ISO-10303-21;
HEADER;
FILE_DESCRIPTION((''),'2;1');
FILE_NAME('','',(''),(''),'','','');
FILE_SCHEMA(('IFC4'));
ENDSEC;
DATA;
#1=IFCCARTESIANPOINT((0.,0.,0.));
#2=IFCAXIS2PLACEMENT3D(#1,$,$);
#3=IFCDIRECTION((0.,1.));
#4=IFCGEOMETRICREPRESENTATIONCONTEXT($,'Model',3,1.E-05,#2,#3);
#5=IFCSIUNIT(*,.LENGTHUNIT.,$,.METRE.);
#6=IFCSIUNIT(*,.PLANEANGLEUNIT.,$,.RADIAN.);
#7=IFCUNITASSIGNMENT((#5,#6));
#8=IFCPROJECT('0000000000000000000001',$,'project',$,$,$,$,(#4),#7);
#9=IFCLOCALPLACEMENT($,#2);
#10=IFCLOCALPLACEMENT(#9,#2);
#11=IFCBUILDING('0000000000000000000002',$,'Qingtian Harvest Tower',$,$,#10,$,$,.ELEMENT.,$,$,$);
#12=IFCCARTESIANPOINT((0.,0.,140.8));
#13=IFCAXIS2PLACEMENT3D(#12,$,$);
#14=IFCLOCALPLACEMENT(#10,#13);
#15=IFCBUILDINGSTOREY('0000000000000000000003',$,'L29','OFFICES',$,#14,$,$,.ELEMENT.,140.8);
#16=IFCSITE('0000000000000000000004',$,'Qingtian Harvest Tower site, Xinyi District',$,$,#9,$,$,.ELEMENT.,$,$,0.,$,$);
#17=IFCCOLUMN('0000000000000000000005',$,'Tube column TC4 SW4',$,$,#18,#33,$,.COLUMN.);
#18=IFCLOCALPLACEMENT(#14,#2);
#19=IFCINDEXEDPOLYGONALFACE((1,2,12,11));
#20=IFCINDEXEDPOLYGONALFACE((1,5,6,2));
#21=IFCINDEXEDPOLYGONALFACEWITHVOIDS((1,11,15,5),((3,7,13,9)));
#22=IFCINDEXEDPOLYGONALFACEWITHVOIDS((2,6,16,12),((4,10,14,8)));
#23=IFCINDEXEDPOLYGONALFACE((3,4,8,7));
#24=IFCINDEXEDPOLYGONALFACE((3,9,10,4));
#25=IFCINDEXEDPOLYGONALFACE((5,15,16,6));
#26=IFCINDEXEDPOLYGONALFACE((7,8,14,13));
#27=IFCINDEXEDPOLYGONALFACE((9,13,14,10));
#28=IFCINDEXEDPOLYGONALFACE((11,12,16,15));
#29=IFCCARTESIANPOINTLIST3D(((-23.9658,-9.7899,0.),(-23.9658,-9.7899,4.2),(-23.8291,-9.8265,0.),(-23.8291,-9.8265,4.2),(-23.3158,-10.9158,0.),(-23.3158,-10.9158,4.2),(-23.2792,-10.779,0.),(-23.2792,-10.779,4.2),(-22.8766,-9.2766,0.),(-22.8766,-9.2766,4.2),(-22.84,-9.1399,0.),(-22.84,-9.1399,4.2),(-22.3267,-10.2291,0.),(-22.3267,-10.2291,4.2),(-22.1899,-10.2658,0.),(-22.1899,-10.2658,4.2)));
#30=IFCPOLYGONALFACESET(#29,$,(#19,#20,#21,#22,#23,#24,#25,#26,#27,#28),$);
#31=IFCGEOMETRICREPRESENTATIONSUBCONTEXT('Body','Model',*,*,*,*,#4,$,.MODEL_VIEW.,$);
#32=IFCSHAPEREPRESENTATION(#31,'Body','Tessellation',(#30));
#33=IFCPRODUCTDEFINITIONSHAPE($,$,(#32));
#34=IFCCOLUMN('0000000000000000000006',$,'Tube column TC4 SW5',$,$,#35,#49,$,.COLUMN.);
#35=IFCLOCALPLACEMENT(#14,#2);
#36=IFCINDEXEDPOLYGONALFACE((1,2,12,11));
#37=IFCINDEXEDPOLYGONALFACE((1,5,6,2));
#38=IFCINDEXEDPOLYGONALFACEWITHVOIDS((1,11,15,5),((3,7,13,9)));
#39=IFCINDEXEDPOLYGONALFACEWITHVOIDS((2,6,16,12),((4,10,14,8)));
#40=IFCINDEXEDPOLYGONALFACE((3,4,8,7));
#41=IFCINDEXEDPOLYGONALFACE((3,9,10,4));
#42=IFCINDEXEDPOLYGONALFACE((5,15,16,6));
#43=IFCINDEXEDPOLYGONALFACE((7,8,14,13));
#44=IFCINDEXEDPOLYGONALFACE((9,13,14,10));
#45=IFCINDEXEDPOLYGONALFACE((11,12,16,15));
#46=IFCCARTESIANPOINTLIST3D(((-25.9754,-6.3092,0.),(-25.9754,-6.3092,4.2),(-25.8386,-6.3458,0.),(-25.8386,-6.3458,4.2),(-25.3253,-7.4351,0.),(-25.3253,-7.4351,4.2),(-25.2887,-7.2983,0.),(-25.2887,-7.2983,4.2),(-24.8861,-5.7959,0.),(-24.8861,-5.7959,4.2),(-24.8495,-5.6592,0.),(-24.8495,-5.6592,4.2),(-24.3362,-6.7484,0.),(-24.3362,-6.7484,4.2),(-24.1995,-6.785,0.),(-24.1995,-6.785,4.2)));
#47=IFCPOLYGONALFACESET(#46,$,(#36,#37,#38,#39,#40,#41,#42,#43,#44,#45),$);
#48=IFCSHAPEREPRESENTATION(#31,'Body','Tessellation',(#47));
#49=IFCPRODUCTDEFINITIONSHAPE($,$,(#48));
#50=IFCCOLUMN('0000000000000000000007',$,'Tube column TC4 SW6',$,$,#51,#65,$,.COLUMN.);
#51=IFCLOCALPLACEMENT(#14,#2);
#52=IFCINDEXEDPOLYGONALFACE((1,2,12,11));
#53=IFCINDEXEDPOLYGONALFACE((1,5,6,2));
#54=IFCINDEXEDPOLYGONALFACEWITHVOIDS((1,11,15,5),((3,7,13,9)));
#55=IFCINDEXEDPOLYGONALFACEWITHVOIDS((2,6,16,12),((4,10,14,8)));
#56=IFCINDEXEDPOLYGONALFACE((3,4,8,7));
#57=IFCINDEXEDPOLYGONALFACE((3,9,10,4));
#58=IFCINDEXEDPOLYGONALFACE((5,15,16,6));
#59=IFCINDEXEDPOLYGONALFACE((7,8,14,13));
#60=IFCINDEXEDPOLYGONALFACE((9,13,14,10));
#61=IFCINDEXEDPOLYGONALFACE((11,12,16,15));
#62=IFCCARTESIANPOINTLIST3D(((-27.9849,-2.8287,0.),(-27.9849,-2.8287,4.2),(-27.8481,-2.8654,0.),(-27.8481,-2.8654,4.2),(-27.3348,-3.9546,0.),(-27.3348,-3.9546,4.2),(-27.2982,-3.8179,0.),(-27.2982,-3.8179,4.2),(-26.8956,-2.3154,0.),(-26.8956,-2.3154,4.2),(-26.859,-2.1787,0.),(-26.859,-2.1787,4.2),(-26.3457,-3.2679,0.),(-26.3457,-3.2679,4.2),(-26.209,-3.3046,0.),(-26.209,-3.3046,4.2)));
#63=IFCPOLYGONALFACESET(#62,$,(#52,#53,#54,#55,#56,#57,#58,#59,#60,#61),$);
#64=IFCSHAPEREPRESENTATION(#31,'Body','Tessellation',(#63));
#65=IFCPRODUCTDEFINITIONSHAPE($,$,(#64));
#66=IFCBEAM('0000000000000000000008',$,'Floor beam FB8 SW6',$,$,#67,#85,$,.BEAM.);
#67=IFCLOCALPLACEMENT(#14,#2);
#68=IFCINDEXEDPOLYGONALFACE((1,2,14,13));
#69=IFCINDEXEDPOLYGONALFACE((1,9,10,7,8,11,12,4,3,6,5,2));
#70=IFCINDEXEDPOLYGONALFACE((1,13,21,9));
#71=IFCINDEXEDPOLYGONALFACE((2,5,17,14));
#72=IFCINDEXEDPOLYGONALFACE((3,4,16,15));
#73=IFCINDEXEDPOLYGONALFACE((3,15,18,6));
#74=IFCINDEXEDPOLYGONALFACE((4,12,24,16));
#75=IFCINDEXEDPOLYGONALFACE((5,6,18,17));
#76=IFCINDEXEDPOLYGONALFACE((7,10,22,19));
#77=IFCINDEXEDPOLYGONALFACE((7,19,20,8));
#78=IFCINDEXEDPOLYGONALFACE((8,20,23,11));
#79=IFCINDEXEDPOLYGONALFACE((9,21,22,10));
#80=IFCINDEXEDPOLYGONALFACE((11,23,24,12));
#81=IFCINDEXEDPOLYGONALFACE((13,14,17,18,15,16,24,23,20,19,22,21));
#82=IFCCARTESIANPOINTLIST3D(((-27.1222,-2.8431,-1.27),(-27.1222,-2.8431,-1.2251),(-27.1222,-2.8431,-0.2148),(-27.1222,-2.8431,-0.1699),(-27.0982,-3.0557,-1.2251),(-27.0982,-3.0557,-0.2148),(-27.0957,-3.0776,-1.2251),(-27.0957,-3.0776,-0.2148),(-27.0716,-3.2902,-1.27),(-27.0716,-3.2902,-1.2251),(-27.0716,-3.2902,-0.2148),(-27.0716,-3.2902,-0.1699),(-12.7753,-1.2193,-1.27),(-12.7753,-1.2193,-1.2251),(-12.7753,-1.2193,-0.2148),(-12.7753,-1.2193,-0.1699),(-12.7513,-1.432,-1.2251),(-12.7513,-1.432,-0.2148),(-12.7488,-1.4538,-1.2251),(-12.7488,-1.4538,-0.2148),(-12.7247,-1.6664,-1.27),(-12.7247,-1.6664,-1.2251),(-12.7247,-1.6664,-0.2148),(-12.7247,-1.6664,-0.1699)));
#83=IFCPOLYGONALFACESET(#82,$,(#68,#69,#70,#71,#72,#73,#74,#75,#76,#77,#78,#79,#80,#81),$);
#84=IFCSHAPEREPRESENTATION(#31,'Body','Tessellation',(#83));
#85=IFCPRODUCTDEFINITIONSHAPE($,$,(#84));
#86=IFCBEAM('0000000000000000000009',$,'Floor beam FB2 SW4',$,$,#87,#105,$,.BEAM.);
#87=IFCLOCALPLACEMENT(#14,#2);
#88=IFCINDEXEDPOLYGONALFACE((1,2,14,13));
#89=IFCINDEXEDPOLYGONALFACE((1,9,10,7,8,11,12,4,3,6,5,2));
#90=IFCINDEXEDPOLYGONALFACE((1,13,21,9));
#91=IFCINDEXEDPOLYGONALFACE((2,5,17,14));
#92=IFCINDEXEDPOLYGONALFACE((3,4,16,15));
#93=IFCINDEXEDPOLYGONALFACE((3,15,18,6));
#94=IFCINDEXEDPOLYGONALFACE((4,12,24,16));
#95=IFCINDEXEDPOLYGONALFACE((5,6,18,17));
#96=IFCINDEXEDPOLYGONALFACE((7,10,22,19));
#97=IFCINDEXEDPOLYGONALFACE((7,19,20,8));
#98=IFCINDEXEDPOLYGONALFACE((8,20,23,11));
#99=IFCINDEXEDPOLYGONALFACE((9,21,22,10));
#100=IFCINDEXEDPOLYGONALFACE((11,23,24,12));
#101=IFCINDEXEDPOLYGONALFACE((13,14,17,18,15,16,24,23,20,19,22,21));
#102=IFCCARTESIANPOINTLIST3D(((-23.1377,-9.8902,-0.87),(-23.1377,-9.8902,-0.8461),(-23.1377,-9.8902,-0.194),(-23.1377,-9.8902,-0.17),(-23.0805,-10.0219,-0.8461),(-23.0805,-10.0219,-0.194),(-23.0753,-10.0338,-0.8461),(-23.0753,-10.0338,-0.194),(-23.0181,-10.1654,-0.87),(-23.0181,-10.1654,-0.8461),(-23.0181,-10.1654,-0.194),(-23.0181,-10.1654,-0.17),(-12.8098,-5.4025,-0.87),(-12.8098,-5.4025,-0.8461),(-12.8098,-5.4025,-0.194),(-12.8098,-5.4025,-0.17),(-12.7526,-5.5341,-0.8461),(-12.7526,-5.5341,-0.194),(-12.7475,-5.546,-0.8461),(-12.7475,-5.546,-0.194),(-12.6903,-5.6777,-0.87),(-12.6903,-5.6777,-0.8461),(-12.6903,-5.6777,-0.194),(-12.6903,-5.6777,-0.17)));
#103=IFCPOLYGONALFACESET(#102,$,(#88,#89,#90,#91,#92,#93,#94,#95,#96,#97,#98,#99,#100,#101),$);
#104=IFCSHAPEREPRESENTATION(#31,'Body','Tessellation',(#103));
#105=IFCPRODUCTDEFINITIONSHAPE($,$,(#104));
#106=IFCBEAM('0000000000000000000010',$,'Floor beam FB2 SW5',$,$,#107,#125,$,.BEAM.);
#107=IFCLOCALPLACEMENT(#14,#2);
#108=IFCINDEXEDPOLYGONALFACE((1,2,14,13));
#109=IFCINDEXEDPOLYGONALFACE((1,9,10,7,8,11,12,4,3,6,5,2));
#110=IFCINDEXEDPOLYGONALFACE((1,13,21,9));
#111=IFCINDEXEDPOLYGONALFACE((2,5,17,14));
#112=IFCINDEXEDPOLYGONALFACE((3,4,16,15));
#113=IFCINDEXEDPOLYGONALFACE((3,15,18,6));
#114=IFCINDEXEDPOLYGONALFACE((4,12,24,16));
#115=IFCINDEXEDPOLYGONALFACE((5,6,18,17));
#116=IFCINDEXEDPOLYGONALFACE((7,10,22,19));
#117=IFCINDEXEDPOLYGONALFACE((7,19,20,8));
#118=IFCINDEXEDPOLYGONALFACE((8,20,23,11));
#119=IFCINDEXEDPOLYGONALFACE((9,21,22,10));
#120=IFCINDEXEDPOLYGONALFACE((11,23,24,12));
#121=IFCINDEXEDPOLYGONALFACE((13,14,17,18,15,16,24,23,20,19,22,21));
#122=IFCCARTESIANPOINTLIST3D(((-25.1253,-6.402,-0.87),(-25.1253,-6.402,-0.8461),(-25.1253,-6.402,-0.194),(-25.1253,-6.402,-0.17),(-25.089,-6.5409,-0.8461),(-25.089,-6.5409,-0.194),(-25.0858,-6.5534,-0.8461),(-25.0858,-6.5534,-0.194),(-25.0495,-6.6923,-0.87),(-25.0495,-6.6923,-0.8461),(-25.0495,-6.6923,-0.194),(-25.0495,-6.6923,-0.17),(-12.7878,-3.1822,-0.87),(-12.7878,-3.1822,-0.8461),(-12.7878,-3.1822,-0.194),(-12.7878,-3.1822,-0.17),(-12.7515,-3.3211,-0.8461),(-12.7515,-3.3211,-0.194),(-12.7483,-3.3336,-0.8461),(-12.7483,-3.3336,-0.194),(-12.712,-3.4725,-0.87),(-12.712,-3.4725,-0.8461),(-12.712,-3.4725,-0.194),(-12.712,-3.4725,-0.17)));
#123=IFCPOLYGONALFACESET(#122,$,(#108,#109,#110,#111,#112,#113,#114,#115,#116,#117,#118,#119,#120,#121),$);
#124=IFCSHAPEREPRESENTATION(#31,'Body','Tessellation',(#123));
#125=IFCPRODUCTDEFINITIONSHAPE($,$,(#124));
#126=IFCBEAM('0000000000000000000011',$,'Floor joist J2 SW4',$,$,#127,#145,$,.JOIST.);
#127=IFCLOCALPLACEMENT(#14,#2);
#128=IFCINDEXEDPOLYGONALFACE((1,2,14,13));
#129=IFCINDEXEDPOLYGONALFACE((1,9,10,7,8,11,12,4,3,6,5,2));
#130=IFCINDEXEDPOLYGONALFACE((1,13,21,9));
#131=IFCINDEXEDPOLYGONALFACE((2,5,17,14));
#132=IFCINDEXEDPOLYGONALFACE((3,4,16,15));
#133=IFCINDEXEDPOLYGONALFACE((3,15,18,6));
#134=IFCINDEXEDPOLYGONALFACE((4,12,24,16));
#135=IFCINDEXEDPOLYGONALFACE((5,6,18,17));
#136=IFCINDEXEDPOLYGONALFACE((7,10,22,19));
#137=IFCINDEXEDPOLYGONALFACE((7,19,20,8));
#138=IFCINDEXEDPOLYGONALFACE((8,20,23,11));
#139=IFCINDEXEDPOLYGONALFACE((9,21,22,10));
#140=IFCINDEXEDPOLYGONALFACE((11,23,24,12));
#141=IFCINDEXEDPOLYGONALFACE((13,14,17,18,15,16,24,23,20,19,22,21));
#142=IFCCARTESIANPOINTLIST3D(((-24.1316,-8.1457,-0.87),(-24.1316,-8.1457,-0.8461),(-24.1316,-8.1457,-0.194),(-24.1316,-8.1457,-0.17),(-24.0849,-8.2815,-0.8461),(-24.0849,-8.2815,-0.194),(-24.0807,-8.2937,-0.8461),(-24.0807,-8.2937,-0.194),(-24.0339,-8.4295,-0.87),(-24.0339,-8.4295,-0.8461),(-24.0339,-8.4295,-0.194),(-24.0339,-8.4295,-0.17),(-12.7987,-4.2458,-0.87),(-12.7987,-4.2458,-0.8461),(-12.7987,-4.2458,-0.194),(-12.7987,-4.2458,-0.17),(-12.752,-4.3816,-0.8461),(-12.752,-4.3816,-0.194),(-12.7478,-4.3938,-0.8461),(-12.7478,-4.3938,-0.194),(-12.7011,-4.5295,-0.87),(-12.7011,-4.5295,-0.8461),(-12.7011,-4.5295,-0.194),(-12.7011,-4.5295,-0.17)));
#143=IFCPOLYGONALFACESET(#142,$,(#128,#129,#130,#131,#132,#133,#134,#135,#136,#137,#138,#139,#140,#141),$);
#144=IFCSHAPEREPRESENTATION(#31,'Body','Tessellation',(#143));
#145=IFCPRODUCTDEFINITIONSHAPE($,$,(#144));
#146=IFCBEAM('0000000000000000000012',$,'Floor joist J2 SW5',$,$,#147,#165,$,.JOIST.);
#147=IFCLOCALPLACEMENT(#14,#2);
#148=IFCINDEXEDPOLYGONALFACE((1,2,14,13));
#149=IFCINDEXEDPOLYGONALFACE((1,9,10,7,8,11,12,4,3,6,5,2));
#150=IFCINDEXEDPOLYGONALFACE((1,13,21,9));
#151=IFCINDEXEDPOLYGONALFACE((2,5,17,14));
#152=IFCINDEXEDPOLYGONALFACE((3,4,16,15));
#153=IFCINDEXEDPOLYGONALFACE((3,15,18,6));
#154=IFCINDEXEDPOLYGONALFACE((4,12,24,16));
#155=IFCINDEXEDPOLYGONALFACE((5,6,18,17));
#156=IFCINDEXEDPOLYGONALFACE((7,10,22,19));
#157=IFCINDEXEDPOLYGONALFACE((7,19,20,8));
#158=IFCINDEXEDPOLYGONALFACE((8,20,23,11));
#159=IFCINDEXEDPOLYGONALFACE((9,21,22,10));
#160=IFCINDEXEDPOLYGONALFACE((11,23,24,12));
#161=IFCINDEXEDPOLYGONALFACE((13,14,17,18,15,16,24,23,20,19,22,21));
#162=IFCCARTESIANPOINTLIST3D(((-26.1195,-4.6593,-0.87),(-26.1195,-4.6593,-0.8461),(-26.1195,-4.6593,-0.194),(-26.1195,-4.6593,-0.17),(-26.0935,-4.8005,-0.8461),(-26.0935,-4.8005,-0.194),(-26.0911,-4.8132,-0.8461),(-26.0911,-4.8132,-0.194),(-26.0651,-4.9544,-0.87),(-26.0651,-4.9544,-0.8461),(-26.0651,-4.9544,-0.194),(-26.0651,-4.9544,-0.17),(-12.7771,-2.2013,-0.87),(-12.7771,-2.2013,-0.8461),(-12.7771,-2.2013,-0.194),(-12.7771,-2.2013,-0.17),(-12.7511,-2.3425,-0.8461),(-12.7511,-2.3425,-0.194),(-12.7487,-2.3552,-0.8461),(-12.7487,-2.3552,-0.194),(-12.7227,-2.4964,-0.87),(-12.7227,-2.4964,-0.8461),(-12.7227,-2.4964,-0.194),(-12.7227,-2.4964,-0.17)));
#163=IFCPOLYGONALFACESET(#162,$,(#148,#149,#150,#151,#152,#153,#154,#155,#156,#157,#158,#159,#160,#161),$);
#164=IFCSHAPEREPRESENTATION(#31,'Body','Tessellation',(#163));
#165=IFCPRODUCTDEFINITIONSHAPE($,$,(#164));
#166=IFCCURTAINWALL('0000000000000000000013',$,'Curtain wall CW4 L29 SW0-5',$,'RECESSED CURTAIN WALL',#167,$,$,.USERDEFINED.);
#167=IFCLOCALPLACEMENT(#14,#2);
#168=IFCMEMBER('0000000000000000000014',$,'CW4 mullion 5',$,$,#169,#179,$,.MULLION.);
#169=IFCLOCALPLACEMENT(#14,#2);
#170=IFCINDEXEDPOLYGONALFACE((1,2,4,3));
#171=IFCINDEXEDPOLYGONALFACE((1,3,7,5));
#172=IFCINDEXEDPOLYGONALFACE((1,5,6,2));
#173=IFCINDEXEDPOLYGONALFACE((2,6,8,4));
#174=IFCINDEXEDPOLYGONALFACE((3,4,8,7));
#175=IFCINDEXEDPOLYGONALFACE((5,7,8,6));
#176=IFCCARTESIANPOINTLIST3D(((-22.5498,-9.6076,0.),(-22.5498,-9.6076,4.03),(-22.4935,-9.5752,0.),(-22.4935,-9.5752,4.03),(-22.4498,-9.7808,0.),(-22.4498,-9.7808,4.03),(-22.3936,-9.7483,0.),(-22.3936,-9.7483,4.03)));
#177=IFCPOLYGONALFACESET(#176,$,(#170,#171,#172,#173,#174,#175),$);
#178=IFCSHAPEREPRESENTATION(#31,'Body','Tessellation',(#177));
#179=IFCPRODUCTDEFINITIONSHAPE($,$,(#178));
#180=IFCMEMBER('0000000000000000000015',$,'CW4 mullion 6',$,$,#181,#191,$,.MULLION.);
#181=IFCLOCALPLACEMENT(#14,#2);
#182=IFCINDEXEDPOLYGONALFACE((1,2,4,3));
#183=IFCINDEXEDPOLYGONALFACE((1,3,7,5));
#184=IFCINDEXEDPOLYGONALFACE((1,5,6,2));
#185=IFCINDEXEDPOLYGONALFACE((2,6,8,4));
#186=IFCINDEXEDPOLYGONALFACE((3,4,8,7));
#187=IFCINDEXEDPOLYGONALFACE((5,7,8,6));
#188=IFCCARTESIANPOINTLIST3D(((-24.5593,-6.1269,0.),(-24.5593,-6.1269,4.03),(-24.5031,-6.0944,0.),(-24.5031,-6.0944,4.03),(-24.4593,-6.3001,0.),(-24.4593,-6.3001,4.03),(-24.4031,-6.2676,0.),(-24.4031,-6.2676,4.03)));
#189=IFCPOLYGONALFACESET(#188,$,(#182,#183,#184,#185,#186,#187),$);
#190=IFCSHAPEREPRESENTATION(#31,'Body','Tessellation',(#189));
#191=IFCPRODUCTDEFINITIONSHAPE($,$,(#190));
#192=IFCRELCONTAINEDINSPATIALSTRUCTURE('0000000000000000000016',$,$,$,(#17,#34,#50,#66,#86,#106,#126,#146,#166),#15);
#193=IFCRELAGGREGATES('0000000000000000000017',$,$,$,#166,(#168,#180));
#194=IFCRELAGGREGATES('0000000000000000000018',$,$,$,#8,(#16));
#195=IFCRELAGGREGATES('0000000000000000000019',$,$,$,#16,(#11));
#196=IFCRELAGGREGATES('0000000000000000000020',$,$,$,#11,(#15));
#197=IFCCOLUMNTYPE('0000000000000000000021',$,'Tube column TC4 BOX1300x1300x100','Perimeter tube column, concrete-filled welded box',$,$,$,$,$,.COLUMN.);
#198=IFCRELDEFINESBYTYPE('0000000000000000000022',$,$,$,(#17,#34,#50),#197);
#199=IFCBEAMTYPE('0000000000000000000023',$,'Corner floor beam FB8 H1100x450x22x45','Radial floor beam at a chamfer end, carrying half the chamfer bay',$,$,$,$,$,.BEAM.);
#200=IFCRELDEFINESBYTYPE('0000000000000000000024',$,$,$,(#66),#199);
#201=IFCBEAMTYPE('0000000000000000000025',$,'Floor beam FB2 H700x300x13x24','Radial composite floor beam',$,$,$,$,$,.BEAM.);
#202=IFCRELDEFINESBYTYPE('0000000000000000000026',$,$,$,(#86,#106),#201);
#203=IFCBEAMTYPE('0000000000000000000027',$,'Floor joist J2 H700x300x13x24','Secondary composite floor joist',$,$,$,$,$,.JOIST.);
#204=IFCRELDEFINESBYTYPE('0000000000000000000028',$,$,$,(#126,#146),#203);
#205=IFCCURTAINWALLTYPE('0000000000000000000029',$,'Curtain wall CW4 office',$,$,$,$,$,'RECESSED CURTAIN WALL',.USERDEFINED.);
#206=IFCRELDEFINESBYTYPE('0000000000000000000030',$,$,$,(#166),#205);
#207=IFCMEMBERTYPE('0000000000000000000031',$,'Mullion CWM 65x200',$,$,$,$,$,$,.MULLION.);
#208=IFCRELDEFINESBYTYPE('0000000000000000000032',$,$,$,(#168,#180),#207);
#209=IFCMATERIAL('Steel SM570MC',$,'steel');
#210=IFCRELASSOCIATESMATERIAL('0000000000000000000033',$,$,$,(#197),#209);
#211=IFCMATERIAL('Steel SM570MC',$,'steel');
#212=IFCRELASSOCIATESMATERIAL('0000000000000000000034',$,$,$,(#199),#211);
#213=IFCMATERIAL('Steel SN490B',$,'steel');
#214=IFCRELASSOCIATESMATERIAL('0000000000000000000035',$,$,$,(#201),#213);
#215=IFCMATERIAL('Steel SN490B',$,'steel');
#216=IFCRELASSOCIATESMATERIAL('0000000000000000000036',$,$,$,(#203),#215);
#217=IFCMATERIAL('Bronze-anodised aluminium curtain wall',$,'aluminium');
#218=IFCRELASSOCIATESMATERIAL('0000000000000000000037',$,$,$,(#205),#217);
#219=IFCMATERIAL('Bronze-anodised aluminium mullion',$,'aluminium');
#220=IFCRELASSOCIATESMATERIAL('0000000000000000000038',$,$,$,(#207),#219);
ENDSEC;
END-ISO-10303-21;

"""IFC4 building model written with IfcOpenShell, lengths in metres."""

from ifc_helpers import new_model, si_unit, direction, frame, origin, origin_2d, place, context, subcontext, project, spatial, rectangle, hollow_rectangle, i_section, extrude, material, material_profile, profile_set, type_object, element, aggregate, save


model = new_model("IFC4")

# Units and contexts
model_context = context("Model", 3, precision=1e-05, world=origin(), true_north=direction((0.0, 1.0)))
body_context = subcontext(model_context, "Body", "Model", "MODEL_VIEW")
ifc_project = project(units=[si_unit("LENGTHUNIT", "METRE"), si_unit("PLANEANGLEUNIT", "RADIAN")], contexts=[model_context])

# Site, building, storey
site_placement = place(None, origin())
site = spatial("IfcSite", under=ifc_project, at=site_placement, Name="Qingtian Harvest Tower site, Xinyi District", CompositionType="ELEMENT", RefElevation=0.0)
building_placement = place(site_placement, origin())
building = spatial("IfcBuilding", under=site, at=building_placement, Name="Qingtian Harvest Tower", CompositionType="ELEMENT")
storey_placement = place(building_placement, frame((0.0, 0.0, 140.8)))
storey = spatial("IfcBuildingStorey", under=building, at=storey_placement, Name="L29", Description="OFFICES", CompositionType="ELEMENT", Elevation=140.8)

# Columns
ifc_material_1 = material(Name="Steel SM570MC", Category="steel")
ifc_material_profile_1 = material_profile(ifc_material_1, hollow_rectangle(XDim=1.3, YDim=1.3, WallThickness=0.1001, at=origin_2d()), Name="BOX1300x1300x100")
ifc_profile_set_1 = profile_set([ifc_material_profile_1], Name="Steel SM570MC")
column_type = type_object("IfcColumnType", Name="Tube column TC4 BOX1300x1300x100", Description="Perimeter tube column, concrete-filled welded box", PredefinedType="COLUMN", material=ifc_profile_set_1)
for number, where, z_axis, x_axis, name in (
    (1, (-23.0779, -10.0278, 0.0), (0.0, 0.0, 1.0), (0.5, -0.866025, 0.0), "Tube column TC4 SW4"),
    (2, (-25.0874, -6.5471, 0.0), (0.0, 0.0, 1.0), (0.5, -0.866025, 0.0), "Tube column TC4 SW5"),
    (3, (-27.0969, -3.0667, 0.0), (0.0, 0.0, 1.0), (0.5, -0.866025, 0.0), "Tube column TC4 SW6"),
):
    element("IfcColumn", number, at=place(storey_placement, frame(where, z_axis=z_axis, x_axis=x_axis)), inside=storey, type_object=column_type, Name=name, PredefinedType="COLUMN", context=body_context, shape_type="SweptSolid", body=[
        extrude(hollow_rectangle(XDim=1.3, YDim=1.3, WallThickness=0.1001, at=origin_2d()), origin(), (0.0, 0.0, 1.0), 4.2),
    ])

# Beams
ifc_material_2 = material(Name="Steel SM570MC", Category="steel")
ifc_material_profile_2 = material_profile(ifc_material_2, i_section(OverallWidth=0.45, OverallDepth=1.1001, WebThickness=0.022, FlangeThickness=0.0449, at=origin_2d()), Name="H1100x450x22x45")
ifc_profile_set_2 = profile_set([ifc_material_profile_2], Name="Steel SM570MC")
beam_type_1 = type_object("IfcBeamType", Name="Corner floor beam FB8 H1100x450x22x45", Description="Radial floor beam at a chamfer end, carrying half the chamfer bay", PredefinedType="BEAM", material=ifc_profile_set_2)
beam_1_placement = place(storey_placement, frame((-27.0969, -3.0667, -0.72), z_axis=(0.993656, 0.112462, 0.0), x_axis=(-0.112462, 0.993656, 0.0)))
element("IfcBeam", 4, at=beam_1_placement, inside=storey, type_object=beam_type_1, Name="Floor beam FB8 SW6", PredefinedType="BEAM", context=body_context, shape_type="SweptSolid", body=[
    extrude(i_section(OverallWidth=0.45, OverallDepth=1.1001, WebThickness=0.022, FlangeThickness=0.0449, at=origin_2d()), origin(), (0.0, 0.0, 1.0), 14.4385),
])
ifc_material_3 = material(Name="Steel SN490B", Category="steel")
ifc_material_profile_3 = material_profile(ifc_material_3, i_section(OverallWidth=0.3, OverallDepth=0.7, WebThickness=0.0129, FlangeThickness=0.0239, at=origin_2d()), Name="H700x300x13x24")
ifc_profile_set_3 = profile_set([ifc_material_profile_3], Name="Steel SN490B")
beam_type_2 = type_object("IfcBeamType", Name="Floor beam FB2 H700x300x13x24", Description="Radial composite floor beam", PredefinedType="BEAM", material=ifc_profile_set_3)
beam_2_placement = place(storey_placement, frame((-23.0779, -10.0278, -0.52), z_axis=(0.917154, 0.398533, 0.0), x_axis=(-0.398533, 0.917154, 0.0)))
element("IfcBeam", 5, at=beam_2_placement, inside=storey, type_object=beam_type_2, Name="Floor beam FB2 SW4", PredefinedType="BEAM", context=body_context, shape_type="SweptSolid", body=[
    extrude(i_section(OverallWidth=0.3, OverallDepth=0.7, WebThickness=0.0129, FlangeThickness=0.0239, at=origin_2d()), origin(), (0.0, 0.0, 1.0), 11.2607),
])
beam_3_placement = place(storey_placement, frame((-25.0874, -6.5471, -0.52), z_axis=(0.967593, 0.252515, 0.0), x_axis=(-0.252515, 0.967593, 0.0)))
element("IfcBeam", 6, at=beam_3_placement, inside=storey, type_object=beam_type_2, Name="Floor beam FB2 SW5", PredefinedType="BEAM", context=body_context, shape_type="SweptSolid", body=[
    extrude(i_section(OverallWidth=0.3, OverallDepth=0.7, WebThickness=0.0129, FlangeThickness=0.0239, at=origin_2d()), origin(), (0.0, 0.0, 1.0), 12.7507),
])
ifc_material_4 = material(Name="Steel SN490B", Category="steel")
ifc_material_profile_4 = material_profile(ifc_material_4, i_section(OverallWidth=0.3, OverallDepth=0.7, WebThickness=0.0129, FlangeThickness=0.0239, at=origin_2d()), Name="H700x300x13x24")
ifc_profile_set_4 = profile_set([ifc_material_profile_4], Name="Steel SN490B")
beam_type_3 = type_object("IfcBeamType", Name="Floor joist J2 H700x300x13x24", Description="Secondary composite floor joist", PredefinedType="JOIST", material=ifc_profile_set_4)
beam_4_placement = place(storey_placement, frame((-24.0828, -8.2876, -0.52), z_axis=(0.945577, 0.325398, 0.0), x_axis=(-0.325398, 0.945577, 0.0)))
element("IfcBeam", 7, at=beam_4_placement, inside=storey, type_object=beam_type_3, Name="Floor joist J2 SW4", PredefinedType="JOIST", context=body_context, shape_type="SweptSolid", body=[
    extrude(i_section(OverallWidth=0.3, OverallDepth=0.7, WebThickness=0.0129, FlangeThickness=0.0239, at=origin_2d()), origin(), (0.0, 0.0, 1.0), 11.9851),
])
beam_5_placement = place(storey_placement, frame((-26.0923, -4.8069, -0.52), z_axis=(0.98345, 0.181178, 0.0), x_axis=(-0.181178, 0.98345, 0.0)))
element("IfcBeam", 8, at=beam_5_placement, inside=storey, type_object=beam_type_3, Name="Floor joist J2 SW5", PredefinedType="JOIST", context=body_context, shape_type="SweptSolid", body=[
    extrude(i_section(OverallWidth=0.3, OverallDepth=0.7, WebThickness=0.0129, FlangeThickness=0.0239, at=origin_2d()), origin(), (0.0, 0.0, 1.0), 13.5669),
])

# Curtain wall, members
ifc_material_5 = material(Name="Bronze-anodised aluminium curtain wall", Category="aluminium")
curtain_wall_type = type_object("IfcCurtainWallType", Name="Curtain wall CW4 office", ElementType="RECESSED CURTAIN WALL", PredefinedType="USERDEFINED", material=ifc_material_5)
curtain_wall_1_placement = place(storey_placement, origin())
curtain_wall_1 = element("IfcCurtainWall", 9, at=curtain_wall_1_placement, inside=storey, type_object=curtain_wall_type, Name="Curtain wall CW4 L29 SW0-5", ObjectType="RECESSED CURTAIN WALL", PredefinedType="USERDEFINED")
ifc_material_6 = material(Name="Bronze-anodised aluminium mullion", Category="aluminium")
ifc_material_profile_5 = material_profile(ifc_material_6, rectangle(XDim=0.0649, YDim=0.2, at=origin_2d()), Name="AL 65x200")
ifc_profile_set_5 = profile_set([ifc_material_profile_5], Name="Bronze-anodised aluminium mullion")
member_type_1 = type_object("IfcMemberType", Name="Mullion CWM 65x200", PredefinedType="MULLION", material=ifc_profile_set_5)
member_1_placement = place(storey_placement, frame((-22.4717, -9.678, 0.0), z_axis=(0.0, 0.0, 1.0), x_axis=(-0.866025, -0.5, 0.0)))
member_1 = element("IfcMember", 10, at=member_1_placement, type_object=member_type_1, Name="CW4 mullion 5", PredefinedType="MULLION", context=body_context, shape_type="SweptSolid", body=[
    extrude(rectangle(XDim=0.0649, YDim=0.2, at=origin_2d()), origin(), (0.0, 0.0, 1.0), 4.03),
])
member_2_placement = place(storey_placement, frame((-24.4812, -6.1973, 0.0), z_axis=(0.0, 0.0, 1.0), x_axis=(-0.866025, -0.5, 0.0)))
member_2 = element("IfcMember", 11, at=member_2_placement, type_object=member_type_1, Name="CW4 mullion 6", PredefinedType="MULLION", context=body_context, shape_type="SweptSolid", body=[
    extrude(rectangle(XDim=0.0649, YDim=0.2, at=origin_2d()), origin(), (0.0, 0.0, 1.0), 4.03),
])

aggregate(curtain_wall_1, [member_1, member_2])

save(model, "model.ifc")
